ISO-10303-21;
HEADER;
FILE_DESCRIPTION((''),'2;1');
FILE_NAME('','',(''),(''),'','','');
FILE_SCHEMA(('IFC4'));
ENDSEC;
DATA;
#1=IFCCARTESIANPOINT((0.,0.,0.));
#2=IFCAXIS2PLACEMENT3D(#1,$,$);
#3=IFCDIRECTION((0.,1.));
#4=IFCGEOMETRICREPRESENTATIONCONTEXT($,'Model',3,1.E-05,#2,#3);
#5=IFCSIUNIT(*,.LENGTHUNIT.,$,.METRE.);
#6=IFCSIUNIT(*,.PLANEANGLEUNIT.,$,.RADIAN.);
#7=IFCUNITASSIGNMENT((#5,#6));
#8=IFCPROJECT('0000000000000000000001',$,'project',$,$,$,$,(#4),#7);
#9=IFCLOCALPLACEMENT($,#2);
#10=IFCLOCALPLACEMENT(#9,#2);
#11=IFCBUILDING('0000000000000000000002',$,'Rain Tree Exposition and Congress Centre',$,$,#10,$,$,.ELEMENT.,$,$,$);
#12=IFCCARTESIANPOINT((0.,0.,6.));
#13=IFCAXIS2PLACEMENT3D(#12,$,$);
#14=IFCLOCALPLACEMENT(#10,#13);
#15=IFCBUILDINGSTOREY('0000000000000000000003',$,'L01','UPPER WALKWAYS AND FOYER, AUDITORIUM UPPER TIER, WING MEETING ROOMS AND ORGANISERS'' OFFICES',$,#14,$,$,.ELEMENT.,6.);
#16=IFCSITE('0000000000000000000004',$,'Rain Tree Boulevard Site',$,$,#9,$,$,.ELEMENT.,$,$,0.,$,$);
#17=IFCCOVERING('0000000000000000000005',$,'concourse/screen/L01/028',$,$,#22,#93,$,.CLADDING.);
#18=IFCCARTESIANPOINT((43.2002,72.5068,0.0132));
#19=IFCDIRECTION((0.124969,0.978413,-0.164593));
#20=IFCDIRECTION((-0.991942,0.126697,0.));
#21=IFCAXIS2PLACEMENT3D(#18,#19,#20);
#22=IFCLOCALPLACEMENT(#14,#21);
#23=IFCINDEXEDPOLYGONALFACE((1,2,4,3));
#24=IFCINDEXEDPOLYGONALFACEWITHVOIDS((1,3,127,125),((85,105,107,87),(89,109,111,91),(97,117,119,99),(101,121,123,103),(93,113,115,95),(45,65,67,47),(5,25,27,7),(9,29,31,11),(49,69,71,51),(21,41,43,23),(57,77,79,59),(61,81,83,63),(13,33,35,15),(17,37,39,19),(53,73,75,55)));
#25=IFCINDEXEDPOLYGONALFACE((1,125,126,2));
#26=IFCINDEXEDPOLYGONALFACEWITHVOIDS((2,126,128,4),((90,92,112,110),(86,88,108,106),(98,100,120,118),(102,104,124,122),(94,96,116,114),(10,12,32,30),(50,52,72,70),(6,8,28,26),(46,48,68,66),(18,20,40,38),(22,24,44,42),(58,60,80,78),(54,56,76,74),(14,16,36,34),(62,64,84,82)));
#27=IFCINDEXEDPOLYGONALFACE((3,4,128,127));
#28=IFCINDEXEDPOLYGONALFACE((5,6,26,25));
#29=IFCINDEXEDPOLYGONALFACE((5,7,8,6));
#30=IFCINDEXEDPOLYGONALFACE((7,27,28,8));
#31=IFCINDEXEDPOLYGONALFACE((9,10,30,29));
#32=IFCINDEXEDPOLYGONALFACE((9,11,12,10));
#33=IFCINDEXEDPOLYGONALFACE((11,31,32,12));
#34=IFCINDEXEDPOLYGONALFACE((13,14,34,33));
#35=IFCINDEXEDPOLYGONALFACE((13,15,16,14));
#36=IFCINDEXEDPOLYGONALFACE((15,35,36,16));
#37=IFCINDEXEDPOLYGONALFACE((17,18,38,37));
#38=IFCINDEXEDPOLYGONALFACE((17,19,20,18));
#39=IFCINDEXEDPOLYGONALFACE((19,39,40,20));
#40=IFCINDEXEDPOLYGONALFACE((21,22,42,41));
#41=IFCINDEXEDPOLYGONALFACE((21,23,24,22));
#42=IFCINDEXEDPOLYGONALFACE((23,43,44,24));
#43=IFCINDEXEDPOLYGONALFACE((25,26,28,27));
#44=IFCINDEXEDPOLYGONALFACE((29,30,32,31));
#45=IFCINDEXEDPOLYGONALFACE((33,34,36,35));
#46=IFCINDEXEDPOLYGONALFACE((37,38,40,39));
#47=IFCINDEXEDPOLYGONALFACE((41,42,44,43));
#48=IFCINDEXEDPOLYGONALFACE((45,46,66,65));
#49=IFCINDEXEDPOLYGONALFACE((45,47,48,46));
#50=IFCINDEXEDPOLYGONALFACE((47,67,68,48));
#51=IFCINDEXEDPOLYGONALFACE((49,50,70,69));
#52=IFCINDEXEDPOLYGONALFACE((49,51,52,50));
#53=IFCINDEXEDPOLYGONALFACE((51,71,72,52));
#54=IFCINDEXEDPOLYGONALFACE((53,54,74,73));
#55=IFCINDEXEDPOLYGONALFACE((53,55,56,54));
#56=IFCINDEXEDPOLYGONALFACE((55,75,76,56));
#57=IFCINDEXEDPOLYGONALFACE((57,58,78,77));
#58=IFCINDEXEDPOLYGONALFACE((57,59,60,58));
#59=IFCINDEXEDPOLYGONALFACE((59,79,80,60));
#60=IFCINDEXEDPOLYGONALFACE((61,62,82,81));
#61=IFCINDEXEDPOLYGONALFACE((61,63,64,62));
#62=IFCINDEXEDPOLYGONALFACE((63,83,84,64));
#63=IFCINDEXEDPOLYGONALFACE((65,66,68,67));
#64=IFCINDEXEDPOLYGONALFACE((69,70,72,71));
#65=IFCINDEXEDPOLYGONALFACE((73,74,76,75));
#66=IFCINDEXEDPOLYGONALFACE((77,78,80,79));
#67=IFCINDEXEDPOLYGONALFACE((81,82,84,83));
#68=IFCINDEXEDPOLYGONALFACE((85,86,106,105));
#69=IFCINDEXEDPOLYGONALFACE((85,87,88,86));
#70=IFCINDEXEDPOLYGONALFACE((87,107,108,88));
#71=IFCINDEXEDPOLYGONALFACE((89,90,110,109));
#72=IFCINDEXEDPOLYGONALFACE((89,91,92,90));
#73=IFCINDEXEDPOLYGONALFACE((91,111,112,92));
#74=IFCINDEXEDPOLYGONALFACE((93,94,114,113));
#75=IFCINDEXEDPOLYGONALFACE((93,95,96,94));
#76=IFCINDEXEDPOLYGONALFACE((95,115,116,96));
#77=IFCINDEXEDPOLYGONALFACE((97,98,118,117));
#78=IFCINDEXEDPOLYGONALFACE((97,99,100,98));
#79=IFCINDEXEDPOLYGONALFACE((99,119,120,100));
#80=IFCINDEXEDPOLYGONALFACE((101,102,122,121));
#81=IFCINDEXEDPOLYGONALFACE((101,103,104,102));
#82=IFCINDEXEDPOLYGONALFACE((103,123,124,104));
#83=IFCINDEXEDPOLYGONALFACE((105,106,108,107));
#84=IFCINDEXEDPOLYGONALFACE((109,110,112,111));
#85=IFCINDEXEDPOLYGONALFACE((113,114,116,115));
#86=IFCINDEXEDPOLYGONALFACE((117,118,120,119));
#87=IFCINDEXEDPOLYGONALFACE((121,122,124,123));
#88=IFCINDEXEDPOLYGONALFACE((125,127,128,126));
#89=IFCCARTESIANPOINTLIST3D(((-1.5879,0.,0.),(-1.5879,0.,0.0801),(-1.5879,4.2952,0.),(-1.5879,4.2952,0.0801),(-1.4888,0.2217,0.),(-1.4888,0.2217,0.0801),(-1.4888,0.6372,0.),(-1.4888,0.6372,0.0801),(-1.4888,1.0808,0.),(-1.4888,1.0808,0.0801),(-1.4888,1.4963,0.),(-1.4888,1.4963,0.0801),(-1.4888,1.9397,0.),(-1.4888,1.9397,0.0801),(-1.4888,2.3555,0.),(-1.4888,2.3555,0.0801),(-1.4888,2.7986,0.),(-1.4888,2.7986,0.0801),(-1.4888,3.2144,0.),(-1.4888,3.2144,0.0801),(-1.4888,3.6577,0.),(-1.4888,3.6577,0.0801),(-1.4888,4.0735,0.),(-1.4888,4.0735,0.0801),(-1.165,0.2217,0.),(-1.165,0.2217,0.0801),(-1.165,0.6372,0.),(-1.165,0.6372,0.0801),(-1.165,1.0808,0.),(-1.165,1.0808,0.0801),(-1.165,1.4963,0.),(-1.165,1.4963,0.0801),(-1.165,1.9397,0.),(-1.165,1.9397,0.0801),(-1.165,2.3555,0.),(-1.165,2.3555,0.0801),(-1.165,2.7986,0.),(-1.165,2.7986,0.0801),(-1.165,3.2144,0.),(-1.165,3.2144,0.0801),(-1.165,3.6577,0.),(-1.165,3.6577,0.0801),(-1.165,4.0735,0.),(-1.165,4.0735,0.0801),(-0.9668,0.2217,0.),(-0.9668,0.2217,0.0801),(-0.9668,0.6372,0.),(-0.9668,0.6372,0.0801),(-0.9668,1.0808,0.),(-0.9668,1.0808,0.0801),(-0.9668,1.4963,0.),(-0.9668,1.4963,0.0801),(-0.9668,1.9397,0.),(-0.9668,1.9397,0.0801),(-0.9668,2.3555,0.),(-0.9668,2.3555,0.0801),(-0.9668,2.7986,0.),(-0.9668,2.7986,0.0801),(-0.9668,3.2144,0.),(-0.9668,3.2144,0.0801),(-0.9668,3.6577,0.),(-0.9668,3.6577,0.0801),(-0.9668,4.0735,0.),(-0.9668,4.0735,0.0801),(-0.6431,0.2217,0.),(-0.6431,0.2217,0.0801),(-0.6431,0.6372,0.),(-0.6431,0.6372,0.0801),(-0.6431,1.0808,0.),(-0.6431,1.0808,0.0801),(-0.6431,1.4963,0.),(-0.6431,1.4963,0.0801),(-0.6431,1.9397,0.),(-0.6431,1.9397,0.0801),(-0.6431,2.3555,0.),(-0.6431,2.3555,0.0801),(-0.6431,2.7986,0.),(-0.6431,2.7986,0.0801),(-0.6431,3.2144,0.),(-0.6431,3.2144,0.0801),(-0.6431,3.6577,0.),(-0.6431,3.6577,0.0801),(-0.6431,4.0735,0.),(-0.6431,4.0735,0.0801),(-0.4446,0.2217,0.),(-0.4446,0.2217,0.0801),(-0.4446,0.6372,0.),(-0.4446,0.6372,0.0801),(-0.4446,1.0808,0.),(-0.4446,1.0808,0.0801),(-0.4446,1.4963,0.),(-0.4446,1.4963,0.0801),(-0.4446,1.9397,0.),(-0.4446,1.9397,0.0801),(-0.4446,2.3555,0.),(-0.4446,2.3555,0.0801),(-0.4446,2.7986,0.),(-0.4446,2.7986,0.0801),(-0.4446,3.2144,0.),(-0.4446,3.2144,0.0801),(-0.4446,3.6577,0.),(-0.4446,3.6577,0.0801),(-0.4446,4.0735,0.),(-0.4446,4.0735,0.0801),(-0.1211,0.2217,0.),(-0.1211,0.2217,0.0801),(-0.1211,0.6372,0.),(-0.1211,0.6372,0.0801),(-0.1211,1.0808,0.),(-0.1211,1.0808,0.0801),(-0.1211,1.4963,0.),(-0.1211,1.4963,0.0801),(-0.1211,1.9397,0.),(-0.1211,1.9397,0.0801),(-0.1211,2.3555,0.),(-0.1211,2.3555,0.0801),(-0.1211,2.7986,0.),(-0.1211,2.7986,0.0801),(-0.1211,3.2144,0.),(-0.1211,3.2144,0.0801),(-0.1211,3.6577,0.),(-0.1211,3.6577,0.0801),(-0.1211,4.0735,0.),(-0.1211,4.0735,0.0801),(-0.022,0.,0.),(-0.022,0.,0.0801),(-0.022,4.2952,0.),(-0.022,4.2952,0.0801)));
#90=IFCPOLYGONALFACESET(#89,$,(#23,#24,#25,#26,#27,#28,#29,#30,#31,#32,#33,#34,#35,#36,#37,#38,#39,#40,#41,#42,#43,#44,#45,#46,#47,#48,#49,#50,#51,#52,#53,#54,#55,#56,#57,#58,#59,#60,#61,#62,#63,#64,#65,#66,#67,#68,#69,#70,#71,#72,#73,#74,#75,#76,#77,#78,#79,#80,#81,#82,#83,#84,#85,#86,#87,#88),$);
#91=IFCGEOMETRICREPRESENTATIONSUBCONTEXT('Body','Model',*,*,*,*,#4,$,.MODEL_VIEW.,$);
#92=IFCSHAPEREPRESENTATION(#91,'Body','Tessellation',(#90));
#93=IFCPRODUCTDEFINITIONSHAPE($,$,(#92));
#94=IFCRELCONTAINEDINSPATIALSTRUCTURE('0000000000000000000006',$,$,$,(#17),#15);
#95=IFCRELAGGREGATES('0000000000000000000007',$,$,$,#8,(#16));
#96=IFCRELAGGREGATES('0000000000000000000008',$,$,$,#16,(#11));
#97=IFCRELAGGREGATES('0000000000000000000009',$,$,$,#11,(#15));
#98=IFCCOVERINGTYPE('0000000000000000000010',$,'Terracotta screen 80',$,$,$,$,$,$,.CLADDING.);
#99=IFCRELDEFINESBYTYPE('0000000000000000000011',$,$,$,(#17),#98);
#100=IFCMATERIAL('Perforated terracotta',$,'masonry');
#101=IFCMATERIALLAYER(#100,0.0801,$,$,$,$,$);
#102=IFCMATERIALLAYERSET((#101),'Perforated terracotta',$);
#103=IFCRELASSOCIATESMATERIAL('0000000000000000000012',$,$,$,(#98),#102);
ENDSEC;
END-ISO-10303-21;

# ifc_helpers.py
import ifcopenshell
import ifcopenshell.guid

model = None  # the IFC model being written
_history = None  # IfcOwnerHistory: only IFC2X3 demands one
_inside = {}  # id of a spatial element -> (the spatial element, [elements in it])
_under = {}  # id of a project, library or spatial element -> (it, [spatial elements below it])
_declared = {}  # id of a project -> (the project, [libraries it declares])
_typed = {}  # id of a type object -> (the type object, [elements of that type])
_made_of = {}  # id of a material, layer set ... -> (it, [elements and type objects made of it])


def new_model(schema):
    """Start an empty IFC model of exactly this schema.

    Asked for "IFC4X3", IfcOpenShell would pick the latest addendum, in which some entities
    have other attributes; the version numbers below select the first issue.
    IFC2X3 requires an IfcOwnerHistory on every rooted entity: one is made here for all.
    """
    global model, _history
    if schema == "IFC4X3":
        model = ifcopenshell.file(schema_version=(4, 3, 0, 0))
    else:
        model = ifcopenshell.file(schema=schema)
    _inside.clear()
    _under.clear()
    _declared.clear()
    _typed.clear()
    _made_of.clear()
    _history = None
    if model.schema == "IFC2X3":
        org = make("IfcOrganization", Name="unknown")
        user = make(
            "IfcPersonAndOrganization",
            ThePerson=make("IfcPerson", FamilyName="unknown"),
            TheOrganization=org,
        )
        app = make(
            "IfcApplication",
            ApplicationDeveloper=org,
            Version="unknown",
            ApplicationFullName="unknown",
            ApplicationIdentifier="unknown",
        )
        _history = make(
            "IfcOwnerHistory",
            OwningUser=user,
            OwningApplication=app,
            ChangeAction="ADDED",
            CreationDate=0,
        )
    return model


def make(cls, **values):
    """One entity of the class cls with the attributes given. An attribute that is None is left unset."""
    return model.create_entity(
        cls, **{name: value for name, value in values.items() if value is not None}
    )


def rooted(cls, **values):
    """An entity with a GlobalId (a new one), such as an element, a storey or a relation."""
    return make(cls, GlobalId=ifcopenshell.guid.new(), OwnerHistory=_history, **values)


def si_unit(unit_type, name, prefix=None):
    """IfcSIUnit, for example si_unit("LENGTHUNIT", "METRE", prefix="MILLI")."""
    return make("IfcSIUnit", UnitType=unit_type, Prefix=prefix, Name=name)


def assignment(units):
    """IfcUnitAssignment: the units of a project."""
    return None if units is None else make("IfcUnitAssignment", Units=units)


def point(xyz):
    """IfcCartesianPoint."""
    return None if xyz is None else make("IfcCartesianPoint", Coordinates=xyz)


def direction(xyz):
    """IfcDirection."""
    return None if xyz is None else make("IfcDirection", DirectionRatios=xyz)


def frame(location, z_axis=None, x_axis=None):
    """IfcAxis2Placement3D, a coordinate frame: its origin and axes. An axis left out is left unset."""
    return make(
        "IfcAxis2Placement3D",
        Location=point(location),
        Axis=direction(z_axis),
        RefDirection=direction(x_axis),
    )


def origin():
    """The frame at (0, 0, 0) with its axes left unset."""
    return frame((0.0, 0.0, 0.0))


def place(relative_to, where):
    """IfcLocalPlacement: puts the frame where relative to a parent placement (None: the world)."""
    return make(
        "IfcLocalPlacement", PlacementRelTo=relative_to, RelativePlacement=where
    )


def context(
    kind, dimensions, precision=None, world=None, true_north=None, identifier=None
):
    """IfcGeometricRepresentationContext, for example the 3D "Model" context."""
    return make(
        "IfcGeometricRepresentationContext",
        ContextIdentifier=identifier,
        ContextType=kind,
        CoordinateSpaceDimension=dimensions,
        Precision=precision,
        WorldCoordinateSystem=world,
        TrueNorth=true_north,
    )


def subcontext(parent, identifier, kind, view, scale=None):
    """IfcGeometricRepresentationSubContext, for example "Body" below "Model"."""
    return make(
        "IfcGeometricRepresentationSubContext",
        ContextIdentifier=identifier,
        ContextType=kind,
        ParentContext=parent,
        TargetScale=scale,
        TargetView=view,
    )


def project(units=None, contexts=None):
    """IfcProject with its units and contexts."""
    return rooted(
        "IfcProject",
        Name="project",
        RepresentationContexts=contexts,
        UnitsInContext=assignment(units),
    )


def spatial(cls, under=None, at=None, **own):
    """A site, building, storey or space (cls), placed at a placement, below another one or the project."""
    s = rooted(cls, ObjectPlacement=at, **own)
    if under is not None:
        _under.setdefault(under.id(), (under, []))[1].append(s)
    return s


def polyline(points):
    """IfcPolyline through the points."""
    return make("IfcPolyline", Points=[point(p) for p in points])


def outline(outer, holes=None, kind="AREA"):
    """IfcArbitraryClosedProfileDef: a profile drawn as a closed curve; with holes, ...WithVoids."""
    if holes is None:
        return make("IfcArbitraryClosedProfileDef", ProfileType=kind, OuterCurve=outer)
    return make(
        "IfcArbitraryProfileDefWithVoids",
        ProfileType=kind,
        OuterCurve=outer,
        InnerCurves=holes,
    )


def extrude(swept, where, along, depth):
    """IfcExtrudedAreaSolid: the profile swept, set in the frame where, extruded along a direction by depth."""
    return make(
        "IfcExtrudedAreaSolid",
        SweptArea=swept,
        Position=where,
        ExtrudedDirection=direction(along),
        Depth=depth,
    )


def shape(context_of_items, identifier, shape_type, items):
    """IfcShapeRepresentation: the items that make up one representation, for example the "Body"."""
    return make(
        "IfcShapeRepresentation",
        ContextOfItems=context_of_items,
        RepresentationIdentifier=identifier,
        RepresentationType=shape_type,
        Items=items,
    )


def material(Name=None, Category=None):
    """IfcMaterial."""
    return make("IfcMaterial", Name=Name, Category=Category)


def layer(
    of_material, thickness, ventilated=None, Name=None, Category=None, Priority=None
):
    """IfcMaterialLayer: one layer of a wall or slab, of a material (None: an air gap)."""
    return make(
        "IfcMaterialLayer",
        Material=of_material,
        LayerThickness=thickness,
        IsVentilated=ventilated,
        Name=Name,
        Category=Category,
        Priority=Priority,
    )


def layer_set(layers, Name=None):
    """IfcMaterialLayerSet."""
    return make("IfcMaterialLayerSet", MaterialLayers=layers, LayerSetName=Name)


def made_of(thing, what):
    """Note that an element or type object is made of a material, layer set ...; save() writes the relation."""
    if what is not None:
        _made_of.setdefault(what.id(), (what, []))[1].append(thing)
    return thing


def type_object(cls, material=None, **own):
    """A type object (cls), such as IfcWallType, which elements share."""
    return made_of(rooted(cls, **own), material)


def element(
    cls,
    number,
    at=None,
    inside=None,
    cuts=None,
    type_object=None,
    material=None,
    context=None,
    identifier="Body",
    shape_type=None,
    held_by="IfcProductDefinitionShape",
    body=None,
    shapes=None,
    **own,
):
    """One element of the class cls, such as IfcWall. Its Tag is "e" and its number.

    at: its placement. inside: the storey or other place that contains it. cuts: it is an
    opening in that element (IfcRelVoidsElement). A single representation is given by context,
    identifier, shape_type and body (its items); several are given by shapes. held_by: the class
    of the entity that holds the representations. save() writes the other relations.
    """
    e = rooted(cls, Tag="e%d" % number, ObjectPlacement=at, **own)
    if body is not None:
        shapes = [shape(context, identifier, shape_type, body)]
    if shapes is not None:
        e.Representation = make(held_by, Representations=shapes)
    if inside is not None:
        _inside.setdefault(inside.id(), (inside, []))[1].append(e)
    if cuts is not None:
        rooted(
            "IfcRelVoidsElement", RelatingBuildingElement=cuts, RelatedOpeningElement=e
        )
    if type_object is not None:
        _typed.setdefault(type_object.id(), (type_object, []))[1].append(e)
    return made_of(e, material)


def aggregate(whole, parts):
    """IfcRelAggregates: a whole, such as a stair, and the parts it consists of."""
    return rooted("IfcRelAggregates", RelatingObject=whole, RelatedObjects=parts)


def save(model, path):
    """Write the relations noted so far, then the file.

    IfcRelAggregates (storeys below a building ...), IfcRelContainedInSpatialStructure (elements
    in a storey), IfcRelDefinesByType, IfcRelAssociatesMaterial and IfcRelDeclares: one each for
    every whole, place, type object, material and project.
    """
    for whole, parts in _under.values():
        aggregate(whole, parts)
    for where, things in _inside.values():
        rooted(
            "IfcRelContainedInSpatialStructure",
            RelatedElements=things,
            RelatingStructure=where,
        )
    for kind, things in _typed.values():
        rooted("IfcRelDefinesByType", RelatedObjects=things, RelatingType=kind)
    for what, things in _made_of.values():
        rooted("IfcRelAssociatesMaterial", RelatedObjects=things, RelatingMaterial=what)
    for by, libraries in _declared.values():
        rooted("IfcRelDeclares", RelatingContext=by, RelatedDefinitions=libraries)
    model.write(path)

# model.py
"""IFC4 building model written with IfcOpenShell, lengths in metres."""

from ifc_helpers import new_model, si_unit, direction, frame, origin, place, context, subcontext, project, spatial, polyline, outline, extrude, material, layer, layer_set, type_object, element, save


model = new_model("IFC4")

# Units and contexts
model_context = context("Model", 3, precision=1e-05, world=origin(), true_north=direction((0.0, 1.0)))
body_context = subcontext(model_context, "Body", "Model", "MODEL_VIEW")
ifc_project = project(units=[si_unit("LENGTHUNIT", "METRE"), si_unit("PLANEANGLEUNIT", "RADIAN")], contexts=[model_context])

# Site, building, storey
site_placement = place(None, origin())
site = spatial("IfcSite", under=ifc_project, at=site_placement, Name="Rain Tree Boulevard Site", CompositionType="ELEMENT", RefElevation=0.0)
building_placement = place(site_placement, origin())
building = spatial("IfcBuilding", under=site, at=building_placement, Name="Rain Tree Exposition and Congress Centre", CompositionType="ELEMENT")
storey_placement = place(building_placement, frame((0.0, 0.0, 6.0)))
storey = spatial("IfcBuildingStorey", under=building, at=storey_placement, Name="L01", Description="UPPER WALKWAYS AND FOYER, AUDITORIUM UPPER TIER, WING MEETING ROOMS AND ORGANISERS' OFFICES", CompositionType="ELEMENT", Elevation=6.0)

# Covering
ifc_material_1 = material(Name="Perforated terracotta", Category="masonry")
ifc_layer = layer(ifc_material_1, 0.0801)
ifc_layer_set = layer_set([ifc_layer], Name="Perforated terracotta")
covering_type = type_object("IfcCoveringType", Name="Terracotta screen 80", PredefinedType="CLADDING", material=ifc_layer_set)
covering_1_placement = place(storey_placement, frame((43.2002, 72.5068, 0.0132), z_axis=(0.124969, 0.978413, -0.164593), x_axis=(-0.991942, 0.126697, 0.0)))
element("IfcCovering", 1, at=covering_1_placement, inside=storey, type_object=covering_type, Name="concourse/screen/L01/028", PredefinedType="CLADDING", context=body_context, shape_type="SweptSolid", body=[
    extrude(outline(polyline([(-1.5879, 0.0), (-1.5879, 4.2952), (-0.022, 4.2952), (-0.022, 0.0), (-1.5879, 0.0)]), holes=[polyline([(-0.1211, 0.2217), (-0.1211, 0.6372), (-0.4446, 0.6372), (-0.4446, 0.2217), (-0.1211, 0.2217)]), polyline([(-0.1211, 1.0808), (-0.1211, 1.4963), (-0.4446, 1.4963), (-0.4446, 1.0808), (-0.1211, 1.0808)]), polyline([(-0.1211, 1.9397), (-0.1211, 2.3555), (-0.4446, 2.3555), (-0.4446, 1.9397), (-0.1211, 1.9397)]), polyline([(-0.1211, 2.7986), (-0.1211, 3.2144), (-0.4446, 3.2144), (-0.4446, 2.7986), (-0.1211, 2.7986)]), polyline([(-0.1211, 3.6577), (-0.1211, 4.0735), (-0.4446, 4.0735), (-0.4446, 3.6577), (-0.1211, 3.6577)]), polyline([(-0.6431, 0.2217), (-0.6431, 0.6372), (-0.9668, 0.6372), (-0.9668, 0.2217), (-0.6431, 0.2217)]), polyline([(-0.6431, 1.0808), (-0.6431, 1.4963), (-0.9668, 1.4963), (-0.9668, 1.0808), (-0.6431, 1.0808)]), polyline([(-0.6431, 1.9397), (-0.6431, 2.3555), (-0.9668, 2.3555), (-0.9668, 1.9397), (-0.6431, 1.9397)]), polyline([(-0.6431, 2.7986), (-0.6431, 3.2144), (-0.9668, 3.2144), (-0.9668, 2.7986), (-0.6431, 2.7986)]), polyline([(-0.6431, 3.6577), (-0.6431, 4.0735), (-0.9668, 4.0735), (-0.9668, 3.6577), (-0.6431, 3.6577)]), polyline([(-1.165, 0.2217), (-1.165, 0.6372), (-1.4888, 0.6372), (-1.4888, 0.2217), (-1.165, 0.2217)]), polyline([(-1.165, 1.0808), (-1.165, 1.4963), (-1.4888, 1.4963), (-1.4888, 1.0808), (-1.165, 1.0808)]), polyline([(-1.165, 1.9397), (-1.165, 2.3555), (-1.4888, 2.3555), (-1.4888, 1.9397), (-1.165, 1.9397)]), polyline([(-1.165, 2.7986), (-1.165, 3.2144), (-1.4888, 3.2144), (-1.4888, 2.7986), (-1.165, 2.7986)]), polyline([(-1.165, 3.6577), (-1.165, 4.0735), (-1.4888, 4.0735), (-1.4888, 3.6577), (-1.165, 3.6577)])]), origin(), (0.0, 0.0, 1.0), 0.0801),
])

save(model, "model.ifc")
